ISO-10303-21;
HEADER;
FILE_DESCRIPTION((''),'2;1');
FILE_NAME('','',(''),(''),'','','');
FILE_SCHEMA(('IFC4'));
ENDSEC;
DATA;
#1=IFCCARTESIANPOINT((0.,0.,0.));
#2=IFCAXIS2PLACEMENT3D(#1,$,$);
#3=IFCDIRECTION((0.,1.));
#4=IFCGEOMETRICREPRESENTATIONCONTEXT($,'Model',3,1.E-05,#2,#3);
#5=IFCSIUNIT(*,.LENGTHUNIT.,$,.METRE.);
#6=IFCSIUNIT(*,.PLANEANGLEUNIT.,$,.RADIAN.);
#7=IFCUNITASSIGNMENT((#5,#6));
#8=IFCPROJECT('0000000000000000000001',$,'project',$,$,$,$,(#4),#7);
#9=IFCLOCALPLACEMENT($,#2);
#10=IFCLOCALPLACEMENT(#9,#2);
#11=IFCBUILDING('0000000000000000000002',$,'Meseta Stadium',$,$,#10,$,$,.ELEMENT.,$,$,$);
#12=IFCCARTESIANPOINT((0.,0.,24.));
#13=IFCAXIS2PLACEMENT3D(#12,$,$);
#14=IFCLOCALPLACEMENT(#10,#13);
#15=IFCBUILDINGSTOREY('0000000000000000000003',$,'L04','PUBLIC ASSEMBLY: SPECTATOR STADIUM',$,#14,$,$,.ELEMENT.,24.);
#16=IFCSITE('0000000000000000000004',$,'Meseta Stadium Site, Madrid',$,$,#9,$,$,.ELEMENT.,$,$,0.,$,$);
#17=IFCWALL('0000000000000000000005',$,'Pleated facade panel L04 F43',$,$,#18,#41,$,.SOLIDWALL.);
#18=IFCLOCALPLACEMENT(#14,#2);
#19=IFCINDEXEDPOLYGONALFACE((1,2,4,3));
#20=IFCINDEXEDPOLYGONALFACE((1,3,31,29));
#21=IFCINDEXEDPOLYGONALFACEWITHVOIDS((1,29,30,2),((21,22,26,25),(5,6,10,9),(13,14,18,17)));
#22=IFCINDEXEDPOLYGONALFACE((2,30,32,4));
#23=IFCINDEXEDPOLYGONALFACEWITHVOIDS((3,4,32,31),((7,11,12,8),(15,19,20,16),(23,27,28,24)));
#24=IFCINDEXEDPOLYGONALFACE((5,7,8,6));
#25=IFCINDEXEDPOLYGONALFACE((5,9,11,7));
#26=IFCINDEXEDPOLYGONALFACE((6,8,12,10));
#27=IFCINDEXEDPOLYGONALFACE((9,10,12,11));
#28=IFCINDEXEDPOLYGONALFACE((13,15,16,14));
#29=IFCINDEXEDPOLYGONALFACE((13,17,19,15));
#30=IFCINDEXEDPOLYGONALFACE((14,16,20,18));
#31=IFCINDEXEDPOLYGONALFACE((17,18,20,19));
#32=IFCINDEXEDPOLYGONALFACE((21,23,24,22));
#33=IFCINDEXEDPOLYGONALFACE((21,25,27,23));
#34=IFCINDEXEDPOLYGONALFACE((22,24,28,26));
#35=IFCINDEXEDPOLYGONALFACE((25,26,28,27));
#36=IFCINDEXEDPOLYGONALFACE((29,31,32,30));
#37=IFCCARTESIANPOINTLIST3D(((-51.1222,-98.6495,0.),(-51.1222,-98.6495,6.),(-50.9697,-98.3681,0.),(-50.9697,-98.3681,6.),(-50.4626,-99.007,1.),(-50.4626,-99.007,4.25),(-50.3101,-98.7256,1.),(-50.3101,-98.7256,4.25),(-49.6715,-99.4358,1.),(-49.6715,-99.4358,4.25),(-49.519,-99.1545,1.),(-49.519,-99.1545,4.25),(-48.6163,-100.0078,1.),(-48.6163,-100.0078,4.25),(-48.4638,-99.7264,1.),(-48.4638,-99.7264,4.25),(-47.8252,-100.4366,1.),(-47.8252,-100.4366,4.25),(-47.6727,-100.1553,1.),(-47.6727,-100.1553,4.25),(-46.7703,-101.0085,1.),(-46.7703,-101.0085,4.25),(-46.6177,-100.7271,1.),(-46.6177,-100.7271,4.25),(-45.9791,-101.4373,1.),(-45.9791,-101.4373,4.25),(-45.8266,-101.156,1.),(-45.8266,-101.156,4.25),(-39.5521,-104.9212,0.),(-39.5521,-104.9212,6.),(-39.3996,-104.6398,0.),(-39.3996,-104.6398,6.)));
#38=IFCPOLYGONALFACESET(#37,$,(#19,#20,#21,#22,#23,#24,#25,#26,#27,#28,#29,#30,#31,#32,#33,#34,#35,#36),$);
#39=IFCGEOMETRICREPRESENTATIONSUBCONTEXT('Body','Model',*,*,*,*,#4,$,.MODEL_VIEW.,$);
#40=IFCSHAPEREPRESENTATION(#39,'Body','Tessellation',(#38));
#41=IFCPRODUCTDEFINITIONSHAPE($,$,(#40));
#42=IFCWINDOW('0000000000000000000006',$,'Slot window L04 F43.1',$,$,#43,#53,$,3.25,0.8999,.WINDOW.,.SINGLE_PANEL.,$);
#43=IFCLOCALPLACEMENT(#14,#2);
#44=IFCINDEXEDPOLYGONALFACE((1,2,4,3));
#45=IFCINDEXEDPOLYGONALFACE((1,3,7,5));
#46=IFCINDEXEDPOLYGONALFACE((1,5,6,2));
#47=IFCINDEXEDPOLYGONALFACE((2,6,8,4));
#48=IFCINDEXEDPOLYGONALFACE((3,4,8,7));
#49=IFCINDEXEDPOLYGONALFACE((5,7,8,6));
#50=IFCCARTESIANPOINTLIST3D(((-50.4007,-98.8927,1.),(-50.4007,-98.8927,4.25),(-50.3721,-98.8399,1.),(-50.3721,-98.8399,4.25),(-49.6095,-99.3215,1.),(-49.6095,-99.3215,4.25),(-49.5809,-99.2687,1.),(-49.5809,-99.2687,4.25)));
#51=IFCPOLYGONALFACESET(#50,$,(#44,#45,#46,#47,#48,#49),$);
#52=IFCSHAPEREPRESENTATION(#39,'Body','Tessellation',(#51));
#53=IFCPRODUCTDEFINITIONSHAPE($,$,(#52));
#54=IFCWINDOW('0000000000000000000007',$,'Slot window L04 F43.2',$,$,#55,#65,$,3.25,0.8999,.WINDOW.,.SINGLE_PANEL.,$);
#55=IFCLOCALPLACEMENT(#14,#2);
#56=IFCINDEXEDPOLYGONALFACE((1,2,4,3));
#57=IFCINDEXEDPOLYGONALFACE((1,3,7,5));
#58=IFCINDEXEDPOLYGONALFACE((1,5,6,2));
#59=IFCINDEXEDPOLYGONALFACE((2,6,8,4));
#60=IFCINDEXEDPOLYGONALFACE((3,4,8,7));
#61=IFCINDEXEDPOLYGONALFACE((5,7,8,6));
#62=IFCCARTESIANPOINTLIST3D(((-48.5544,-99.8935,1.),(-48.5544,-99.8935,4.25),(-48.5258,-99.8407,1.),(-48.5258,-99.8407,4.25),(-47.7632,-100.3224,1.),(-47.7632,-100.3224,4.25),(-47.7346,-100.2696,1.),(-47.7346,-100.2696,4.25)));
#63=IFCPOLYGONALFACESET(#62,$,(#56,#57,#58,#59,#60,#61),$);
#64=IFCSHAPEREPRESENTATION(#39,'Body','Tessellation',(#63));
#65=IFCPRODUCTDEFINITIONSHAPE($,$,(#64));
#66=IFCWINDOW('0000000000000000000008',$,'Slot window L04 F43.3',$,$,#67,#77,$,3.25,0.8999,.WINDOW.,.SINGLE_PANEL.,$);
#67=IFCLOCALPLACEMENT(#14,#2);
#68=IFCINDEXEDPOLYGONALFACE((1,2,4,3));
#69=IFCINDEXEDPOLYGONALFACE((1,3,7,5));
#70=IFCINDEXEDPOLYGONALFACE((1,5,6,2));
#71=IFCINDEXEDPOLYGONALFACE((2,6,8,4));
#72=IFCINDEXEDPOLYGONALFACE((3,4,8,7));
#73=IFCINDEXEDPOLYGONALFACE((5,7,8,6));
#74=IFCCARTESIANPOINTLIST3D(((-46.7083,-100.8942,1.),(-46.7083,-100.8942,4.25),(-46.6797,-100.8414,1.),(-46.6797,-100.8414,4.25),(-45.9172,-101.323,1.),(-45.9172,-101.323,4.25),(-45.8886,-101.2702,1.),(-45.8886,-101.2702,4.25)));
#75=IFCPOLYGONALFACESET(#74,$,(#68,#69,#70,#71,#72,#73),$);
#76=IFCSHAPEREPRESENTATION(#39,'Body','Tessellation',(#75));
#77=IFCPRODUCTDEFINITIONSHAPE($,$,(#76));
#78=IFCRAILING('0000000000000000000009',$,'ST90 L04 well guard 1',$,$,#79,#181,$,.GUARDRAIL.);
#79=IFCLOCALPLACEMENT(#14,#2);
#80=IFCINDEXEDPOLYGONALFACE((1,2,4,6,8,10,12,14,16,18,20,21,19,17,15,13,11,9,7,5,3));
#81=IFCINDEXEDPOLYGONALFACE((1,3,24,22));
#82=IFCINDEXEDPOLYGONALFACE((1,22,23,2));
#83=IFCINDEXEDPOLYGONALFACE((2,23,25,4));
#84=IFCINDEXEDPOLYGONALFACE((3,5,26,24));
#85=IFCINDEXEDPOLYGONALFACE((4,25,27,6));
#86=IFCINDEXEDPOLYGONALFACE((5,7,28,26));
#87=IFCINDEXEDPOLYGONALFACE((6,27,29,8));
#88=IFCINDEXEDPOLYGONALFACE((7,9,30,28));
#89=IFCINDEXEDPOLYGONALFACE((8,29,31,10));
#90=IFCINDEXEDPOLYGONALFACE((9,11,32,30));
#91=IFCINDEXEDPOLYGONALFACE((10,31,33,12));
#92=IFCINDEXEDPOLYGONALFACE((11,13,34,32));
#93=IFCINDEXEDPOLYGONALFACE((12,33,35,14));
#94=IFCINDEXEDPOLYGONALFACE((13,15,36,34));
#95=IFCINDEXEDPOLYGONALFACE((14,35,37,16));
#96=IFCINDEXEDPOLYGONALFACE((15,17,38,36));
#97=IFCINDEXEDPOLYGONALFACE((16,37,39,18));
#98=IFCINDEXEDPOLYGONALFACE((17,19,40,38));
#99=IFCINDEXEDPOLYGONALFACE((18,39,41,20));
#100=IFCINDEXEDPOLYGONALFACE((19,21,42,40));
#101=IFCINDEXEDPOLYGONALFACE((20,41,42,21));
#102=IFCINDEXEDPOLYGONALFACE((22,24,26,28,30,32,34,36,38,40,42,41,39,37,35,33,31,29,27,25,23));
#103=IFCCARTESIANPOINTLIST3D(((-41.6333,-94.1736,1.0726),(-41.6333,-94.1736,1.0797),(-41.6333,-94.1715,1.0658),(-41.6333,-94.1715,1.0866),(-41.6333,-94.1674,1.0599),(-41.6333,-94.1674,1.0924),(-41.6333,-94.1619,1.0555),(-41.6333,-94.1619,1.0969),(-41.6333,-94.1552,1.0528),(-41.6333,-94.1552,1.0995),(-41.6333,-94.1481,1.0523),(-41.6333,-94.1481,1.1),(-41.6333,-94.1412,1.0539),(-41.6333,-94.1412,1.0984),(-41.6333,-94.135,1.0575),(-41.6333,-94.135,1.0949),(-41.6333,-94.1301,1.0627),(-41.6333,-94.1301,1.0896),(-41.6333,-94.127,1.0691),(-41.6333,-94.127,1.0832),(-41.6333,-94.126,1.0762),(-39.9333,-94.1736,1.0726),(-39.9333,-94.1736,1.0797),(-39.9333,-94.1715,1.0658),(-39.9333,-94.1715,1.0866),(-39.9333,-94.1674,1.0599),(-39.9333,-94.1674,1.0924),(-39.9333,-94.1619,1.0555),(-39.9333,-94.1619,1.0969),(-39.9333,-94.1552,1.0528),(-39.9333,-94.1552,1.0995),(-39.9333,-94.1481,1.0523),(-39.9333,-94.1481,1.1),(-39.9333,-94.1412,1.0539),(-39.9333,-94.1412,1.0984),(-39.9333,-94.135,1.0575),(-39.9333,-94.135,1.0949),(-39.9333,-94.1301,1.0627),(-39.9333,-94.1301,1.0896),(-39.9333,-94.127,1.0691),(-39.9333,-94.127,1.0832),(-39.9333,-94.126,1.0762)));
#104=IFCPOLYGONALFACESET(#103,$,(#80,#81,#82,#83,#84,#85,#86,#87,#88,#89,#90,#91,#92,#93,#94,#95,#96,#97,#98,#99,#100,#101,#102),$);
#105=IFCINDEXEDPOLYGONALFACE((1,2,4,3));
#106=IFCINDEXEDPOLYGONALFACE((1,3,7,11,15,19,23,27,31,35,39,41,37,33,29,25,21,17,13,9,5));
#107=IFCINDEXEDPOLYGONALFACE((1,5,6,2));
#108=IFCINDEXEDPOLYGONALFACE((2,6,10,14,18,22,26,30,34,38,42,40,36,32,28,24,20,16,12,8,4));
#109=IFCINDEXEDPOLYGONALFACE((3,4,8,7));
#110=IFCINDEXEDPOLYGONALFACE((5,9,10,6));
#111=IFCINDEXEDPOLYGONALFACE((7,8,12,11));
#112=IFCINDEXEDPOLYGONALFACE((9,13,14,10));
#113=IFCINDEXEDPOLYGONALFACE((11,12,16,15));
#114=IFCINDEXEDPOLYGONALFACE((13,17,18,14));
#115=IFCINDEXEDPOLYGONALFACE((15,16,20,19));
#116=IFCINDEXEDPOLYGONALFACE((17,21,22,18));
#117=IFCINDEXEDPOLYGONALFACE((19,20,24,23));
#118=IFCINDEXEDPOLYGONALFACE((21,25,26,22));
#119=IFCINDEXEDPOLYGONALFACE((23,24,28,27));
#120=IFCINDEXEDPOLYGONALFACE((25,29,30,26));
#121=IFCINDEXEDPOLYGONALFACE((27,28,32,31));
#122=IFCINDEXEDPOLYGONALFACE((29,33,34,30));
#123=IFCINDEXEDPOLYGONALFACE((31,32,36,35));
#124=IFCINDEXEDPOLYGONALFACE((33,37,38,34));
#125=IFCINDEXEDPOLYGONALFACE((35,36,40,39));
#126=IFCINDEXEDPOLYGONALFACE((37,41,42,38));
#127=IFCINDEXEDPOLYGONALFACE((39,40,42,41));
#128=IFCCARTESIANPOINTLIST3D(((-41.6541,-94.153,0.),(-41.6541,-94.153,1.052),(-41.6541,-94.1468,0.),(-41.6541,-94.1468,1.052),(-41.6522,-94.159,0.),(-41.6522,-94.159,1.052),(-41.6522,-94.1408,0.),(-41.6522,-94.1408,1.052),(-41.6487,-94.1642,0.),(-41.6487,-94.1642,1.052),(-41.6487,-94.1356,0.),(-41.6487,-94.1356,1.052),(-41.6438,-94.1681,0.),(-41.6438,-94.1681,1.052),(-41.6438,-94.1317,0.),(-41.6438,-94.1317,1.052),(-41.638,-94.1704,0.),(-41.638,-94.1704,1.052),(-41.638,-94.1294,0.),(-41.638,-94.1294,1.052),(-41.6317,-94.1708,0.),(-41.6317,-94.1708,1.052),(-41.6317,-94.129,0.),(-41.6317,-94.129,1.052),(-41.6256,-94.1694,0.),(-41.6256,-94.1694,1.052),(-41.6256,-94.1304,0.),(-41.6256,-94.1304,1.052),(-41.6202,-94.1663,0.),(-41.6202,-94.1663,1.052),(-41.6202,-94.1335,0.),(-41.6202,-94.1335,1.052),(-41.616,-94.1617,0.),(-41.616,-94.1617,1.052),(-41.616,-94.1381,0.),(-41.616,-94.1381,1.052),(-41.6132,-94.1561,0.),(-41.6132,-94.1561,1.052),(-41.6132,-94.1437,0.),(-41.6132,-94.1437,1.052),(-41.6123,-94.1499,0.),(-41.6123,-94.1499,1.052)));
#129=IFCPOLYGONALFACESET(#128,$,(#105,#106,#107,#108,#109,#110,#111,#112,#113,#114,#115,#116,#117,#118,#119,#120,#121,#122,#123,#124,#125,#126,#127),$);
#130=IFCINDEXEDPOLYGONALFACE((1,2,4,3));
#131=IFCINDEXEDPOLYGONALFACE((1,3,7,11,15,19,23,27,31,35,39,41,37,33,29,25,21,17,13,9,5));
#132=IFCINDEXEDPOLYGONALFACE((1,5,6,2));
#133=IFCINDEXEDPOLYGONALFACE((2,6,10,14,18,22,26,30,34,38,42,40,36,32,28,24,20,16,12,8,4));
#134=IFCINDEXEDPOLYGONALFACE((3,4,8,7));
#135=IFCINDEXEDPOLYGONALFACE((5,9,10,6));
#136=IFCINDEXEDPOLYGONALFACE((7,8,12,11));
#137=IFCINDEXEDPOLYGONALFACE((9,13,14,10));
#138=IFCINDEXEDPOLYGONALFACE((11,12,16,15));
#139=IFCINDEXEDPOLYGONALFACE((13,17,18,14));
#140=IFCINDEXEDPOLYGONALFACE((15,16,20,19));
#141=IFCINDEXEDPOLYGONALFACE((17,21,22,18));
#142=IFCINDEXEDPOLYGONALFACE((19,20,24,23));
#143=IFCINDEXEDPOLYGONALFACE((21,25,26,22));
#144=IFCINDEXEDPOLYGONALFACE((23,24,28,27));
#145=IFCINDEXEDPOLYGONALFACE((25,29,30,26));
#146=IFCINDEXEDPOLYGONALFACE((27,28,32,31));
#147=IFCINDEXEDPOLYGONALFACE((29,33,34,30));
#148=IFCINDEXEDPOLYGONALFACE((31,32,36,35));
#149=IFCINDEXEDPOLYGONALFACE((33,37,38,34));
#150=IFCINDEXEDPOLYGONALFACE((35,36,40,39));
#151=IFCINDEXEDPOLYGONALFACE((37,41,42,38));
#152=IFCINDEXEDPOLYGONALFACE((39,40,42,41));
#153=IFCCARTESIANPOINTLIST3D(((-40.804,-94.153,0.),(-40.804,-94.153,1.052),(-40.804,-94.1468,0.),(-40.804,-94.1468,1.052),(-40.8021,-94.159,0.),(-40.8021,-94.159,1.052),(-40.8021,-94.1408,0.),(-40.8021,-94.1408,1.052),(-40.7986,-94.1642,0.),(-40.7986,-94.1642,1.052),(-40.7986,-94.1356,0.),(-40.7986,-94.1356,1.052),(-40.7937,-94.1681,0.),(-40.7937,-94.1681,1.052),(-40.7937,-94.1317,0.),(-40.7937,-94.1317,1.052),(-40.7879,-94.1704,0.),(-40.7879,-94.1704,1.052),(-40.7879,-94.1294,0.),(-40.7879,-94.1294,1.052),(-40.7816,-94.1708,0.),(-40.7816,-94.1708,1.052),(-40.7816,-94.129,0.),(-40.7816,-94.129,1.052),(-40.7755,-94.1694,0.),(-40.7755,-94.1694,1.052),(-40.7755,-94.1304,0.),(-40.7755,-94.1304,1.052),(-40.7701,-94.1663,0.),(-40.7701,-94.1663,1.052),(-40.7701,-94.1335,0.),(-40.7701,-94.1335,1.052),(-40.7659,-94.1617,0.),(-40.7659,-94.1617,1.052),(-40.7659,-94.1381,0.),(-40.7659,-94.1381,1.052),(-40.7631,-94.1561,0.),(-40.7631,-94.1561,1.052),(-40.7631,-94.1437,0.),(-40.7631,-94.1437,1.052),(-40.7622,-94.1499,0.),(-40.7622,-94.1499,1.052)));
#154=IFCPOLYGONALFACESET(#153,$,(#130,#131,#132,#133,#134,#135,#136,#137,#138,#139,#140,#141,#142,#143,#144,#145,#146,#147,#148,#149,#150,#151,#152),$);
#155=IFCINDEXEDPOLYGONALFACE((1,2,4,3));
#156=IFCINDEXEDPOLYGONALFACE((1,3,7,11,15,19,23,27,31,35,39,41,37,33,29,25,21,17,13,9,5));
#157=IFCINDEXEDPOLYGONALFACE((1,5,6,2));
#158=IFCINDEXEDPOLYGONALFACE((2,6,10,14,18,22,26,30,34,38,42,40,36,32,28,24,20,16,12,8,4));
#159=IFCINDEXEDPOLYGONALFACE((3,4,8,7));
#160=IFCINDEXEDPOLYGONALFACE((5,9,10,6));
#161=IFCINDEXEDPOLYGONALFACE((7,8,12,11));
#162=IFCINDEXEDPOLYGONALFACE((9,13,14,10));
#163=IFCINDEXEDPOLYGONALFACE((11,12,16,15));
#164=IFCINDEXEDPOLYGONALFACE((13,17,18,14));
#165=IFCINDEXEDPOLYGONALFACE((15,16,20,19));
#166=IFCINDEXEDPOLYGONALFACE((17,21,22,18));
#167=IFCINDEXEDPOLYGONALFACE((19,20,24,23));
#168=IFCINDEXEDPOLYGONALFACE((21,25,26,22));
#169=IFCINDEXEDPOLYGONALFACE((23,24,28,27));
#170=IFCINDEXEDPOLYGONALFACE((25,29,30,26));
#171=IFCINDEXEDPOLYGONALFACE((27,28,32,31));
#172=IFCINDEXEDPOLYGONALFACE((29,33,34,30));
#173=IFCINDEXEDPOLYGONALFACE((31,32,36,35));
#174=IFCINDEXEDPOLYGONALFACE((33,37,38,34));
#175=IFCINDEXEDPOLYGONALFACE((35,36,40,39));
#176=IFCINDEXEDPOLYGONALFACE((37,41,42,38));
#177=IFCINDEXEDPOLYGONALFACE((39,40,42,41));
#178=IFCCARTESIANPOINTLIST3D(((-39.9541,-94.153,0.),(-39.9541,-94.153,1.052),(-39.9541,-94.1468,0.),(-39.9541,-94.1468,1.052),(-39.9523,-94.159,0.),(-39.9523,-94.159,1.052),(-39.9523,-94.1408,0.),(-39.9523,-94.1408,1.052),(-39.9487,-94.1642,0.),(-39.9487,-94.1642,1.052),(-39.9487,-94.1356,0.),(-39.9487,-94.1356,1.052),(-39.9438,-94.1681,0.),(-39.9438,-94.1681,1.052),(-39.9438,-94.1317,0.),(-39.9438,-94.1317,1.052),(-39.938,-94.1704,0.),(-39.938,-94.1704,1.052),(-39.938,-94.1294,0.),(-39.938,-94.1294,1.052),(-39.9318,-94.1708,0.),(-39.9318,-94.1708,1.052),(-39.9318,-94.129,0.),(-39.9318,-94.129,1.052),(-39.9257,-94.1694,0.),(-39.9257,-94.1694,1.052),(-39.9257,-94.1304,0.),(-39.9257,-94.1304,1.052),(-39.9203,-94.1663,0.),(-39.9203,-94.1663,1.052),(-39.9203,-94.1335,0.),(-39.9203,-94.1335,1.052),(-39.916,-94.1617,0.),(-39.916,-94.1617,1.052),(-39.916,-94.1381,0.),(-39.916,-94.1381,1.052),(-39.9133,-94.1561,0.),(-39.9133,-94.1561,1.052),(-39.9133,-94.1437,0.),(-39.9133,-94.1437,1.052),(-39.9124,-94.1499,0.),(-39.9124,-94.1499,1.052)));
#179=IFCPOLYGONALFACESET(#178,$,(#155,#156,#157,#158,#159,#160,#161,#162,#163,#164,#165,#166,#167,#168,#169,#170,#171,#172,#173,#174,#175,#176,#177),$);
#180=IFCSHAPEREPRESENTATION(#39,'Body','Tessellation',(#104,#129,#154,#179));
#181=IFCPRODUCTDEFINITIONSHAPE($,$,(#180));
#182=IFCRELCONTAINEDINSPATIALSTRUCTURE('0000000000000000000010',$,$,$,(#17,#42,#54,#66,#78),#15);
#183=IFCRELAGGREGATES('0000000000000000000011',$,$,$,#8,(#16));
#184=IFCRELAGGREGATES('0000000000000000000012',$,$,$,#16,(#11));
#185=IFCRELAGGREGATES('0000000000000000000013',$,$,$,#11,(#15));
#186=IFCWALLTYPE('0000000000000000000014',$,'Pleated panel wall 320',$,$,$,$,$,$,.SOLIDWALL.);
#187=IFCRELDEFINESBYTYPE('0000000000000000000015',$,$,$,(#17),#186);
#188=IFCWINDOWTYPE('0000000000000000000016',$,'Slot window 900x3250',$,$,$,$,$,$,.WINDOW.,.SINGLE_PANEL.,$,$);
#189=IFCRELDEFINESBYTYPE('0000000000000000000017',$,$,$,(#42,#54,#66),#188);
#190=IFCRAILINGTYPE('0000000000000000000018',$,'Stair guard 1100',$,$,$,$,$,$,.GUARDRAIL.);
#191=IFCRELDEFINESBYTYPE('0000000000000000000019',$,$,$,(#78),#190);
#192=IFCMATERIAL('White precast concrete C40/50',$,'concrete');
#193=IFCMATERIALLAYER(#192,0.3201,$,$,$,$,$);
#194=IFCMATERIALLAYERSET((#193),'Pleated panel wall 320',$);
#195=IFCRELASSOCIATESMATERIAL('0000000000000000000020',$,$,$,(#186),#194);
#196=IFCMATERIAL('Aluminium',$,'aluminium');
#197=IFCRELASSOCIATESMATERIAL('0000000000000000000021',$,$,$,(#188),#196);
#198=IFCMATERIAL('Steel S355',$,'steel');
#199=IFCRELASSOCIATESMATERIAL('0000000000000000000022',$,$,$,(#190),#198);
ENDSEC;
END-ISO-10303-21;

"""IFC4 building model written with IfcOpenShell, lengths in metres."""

from ifc_helpers import new_model, si_unit, direction, frame, frame_2d, origin, origin_2d, place, context, subcontext, project, spatial, rectangle, circle, extrude, material, layer, layer_set, type_object, element, fill, save


model = new_model("IFC4")

# Units and contexts
model_context = context("Model", 3, precision=1e-05, world=origin(), true_north=direction((0.0, 1.0)))
body_context = subcontext(model_context, "Body", "Model", "MODEL_VIEW")
ifc_project = project(units=[si_unit("LENGTHUNIT", "METRE"), si_unit("PLANEANGLEUNIT", "RADIAN")], contexts=[model_context])

# Site, building, storey
site_placement = place(None, origin())
site = spatial("IfcSite", under=ifc_project, at=site_placement, Name="Meseta Stadium Site, Madrid", CompositionType="ELEMENT", RefElevation=0.0)
building_placement = place(site_placement, origin())
building = spatial("IfcBuilding", under=site, at=building_placement, Name="Meseta Stadium", CompositionType="ELEMENT")
storey_placement = place(building_placement, frame((0.0, 0.0, 24.0)))
storey = spatial("IfcBuildingStorey", under=building, at=storey_placement, Name="L04", Description="PUBLIC ASSEMBLY: SPECTATOR STADIUM", CompositionType="ELEMENT", Elevation=24.0)

# Wall, openings, windows
ifc_material_1 = material(Name="White precast concrete C40/50", Category="concrete")
ifc_layer_1 = layer(ifc_material_1, 0.3201)
ifc_layer_set_1 = layer_set([ifc_layer_1], Name="Pleated panel wall 320")
wall_type_1 = type_object("IfcWallType", Name="Pleated panel wall 320", PredefinedType="SOLIDWALL", material=ifc_layer_set_1)
wall_1_placement = place(storey_placement, frame((-39.4758, -104.7805, 0.0), z_axis=(0.0, 0.0, 1.0), x_axis=(-0.879145, 0.476554, 0.0)))
wall_1 = element("IfcWall", 1, at=wall_1_placement, inside=storey, type_object=wall_type_1, Name="Pleated facade panel L04 F43", PredefinedType="SOLIDWALL", context=body_context, shape_type="SweptSolid", body=[
    extrude(rectangle(XDim=13.1606, YDim=0.3201, at=frame_2d((6.5803, 0.0))), origin(), (0.0, 0.0, 1.0), 6.0),
])
opening_1_placement = place(wall_1_placement, frame((11.5105, 0.0, 1.0)))
opening_1 = element("IfcOpeningElement", 2, at=opening_1_placement, cuts=wall_1, PredefinedType="OPENING", context=body_context, shape_type="SweptSolid", body=[
    extrude(rectangle(XDim=0.8999, YDim=3.25, at=frame_2d((0.45, 1.625))), frame((0.0, 0.1699, 0.0), z_axis=(0.0, -1.0, 0.0), x_axis=(1.0, 0.0, 0.0)), (0.0, 0.0, 1.0), 0.3401),
])
opening_2_placement = place(wall_1_placement, frame((9.4104, 0.0, 1.0)))
opening_2 = element("IfcOpeningElement", 3, at=opening_2_placement, cuts=wall_1, PredefinedType="OPENING", context=body_context, shape_type="SweptSolid", body=[
    extrude(rectangle(XDim=0.8999, YDim=3.25, at=frame_2d((0.45, 1.625))), frame((0.0, 0.1699, 0.0), z_axis=(0.0, -1.0, 0.0), x_axis=(1.0, 0.0, 0.0)), (0.0, 0.0, 1.0), 0.3401),
])
opening_3_placement = place(wall_1_placement, frame((7.3105, 0.0, 1.0)))
opening_3 = element("IfcOpeningElement", 4, at=opening_3_placement, cuts=wall_1, PredefinedType="OPENING", context=body_context, shape_type="SweptSolid", body=[
    extrude(rectangle(XDim=0.8999, YDim=3.25, at=frame_2d((0.45, 1.625))), frame((0.0, 0.1699, 0.0), z_axis=(0.0, -1.0, 0.0), x_axis=(1.0, 0.0, 0.0)), (0.0, 0.0, 1.0), 0.3401),
])
ifc_material_2 = material(Name="Aluminium", Category="aluminium")
window_type = type_object("IfcWindowType", Name="Slot window 900x3250", PartitioningType="SINGLE_PANEL", PredefinedType="WINDOW", material=ifc_material_2)
window_1_placement = place(opening_1_placement, origin())
window_1 = element("IfcWindow", 5, at=window_1_placement, inside=storey, type_object=window_type, Name="Slot window L04 F43.1", OverallHeight=3.25, OverallWidth=0.8999, PartitioningType="SINGLE_PANEL", PredefinedType="WINDOW", context=body_context, shape_type="SweptSolid", body=[
    extrude(rectangle(XDim=0.8999, YDim=3.25, at=frame_2d((0.45, 1.625))), frame((0.0, 0.03, 0.0), z_axis=(0.0, -1.0, 0.0), x_axis=(1.0, 0.0, 0.0)), (0.0, 0.0, 1.0), 0.0601),
])
fill(opening_1, window_1)
window_2_placement = place(opening_2_placement, origin())
window_2 = element("IfcWindow", 6, at=window_2_placement, inside=storey, type_object=window_type, Name="Slot window L04 F43.2", OverallHeight=3.25, OverallWidth=0.8999, PartitioningType="SINGLE_PANEL", PredefinedType="WINDOW", context=body_context, shape_type="SweptSolid", body=[
    extrude(rectangle(XDim=0.8999, YDim=3.25, at=frame_2d((0.45, 1.625))), frame((0.0, 0.03, 0.0), z_axis=(0.0, -1.0, 0.0), x_axis=(1.0, 0.0, 0.0)), (0.0, 0.0, 1.0), 0.0601),
])
fill(opening_2, window_2)
window_3_placement = place(opening_3_placement, origin())
window_3 = element("IfcWindow", 7, at=window_3_placement, inside=storey, type_object=window_type, Name="Slot window L04 F43.3", OverallHeight=3.25, OverallWidth=0.8999, PartitioningType="SINGLE_PANEL", PredefinedType="WINDOW", context=body_context, shape_type="SweptSolid", body=[
    extrude(rectangle(XDim=0.8999, YDim=3.25, at=frame_2d((0.45, 1.625))), frame((0.0, 0.03, 0.0), z_axis=(0.0, -1.0, 0.0), x_axis=(1.0, 0.0, 0.0)), (0.0, 0.0, 1.0), 0.0601),
])
fill(opening_3, window_3)

# Railing
ifc_material_3 = material(Name="Steel S355", Category="steel")
railing_type = type_object("IfcRailingType", Name="Stair guard 1100", PredefinedType="GUARDRAIL", material=ifc_material_3)
for number, where, name in (
    (8, (-41.6333, -94.1499, 0.0), "ST90 L04 well guard 1"),
):
    element("IfcRailing", number, at=place(storey_placement, frame(where)), inside=storey, type_object=railing_type, Name=name, PredefinedType="GUARDRAIL", context=body_context, shape_type="SweptSolid", body=[
        extrude(circle(Radius=0.0239, at=origin_2d()), frame((0.0, 0.0, 1.0762), z_axis=(1.0, 0.0, 0.0), x_axis=(0.0, 1.0, 0.0)), (0.0, 0.0, 1.0), 1.7),
        extrude(circle(Radius=0.021, at=origin_2d()), origin(), (0.0, 0.0, 1.0), 1.052),
        extrude(circle(Radius=0.021, at=origin_2d()), frame((0.8501, 0.0, 0.0)), (0.0, 0.0, 1.0), 1.052),
        extrude(circle(Radius=0.021, at=origin_2d()), frame((1.7, 0.0, 0.0)), (0.0, 0.0, 1.0), 1.052),
    ])

save(model, "model.ifc")
